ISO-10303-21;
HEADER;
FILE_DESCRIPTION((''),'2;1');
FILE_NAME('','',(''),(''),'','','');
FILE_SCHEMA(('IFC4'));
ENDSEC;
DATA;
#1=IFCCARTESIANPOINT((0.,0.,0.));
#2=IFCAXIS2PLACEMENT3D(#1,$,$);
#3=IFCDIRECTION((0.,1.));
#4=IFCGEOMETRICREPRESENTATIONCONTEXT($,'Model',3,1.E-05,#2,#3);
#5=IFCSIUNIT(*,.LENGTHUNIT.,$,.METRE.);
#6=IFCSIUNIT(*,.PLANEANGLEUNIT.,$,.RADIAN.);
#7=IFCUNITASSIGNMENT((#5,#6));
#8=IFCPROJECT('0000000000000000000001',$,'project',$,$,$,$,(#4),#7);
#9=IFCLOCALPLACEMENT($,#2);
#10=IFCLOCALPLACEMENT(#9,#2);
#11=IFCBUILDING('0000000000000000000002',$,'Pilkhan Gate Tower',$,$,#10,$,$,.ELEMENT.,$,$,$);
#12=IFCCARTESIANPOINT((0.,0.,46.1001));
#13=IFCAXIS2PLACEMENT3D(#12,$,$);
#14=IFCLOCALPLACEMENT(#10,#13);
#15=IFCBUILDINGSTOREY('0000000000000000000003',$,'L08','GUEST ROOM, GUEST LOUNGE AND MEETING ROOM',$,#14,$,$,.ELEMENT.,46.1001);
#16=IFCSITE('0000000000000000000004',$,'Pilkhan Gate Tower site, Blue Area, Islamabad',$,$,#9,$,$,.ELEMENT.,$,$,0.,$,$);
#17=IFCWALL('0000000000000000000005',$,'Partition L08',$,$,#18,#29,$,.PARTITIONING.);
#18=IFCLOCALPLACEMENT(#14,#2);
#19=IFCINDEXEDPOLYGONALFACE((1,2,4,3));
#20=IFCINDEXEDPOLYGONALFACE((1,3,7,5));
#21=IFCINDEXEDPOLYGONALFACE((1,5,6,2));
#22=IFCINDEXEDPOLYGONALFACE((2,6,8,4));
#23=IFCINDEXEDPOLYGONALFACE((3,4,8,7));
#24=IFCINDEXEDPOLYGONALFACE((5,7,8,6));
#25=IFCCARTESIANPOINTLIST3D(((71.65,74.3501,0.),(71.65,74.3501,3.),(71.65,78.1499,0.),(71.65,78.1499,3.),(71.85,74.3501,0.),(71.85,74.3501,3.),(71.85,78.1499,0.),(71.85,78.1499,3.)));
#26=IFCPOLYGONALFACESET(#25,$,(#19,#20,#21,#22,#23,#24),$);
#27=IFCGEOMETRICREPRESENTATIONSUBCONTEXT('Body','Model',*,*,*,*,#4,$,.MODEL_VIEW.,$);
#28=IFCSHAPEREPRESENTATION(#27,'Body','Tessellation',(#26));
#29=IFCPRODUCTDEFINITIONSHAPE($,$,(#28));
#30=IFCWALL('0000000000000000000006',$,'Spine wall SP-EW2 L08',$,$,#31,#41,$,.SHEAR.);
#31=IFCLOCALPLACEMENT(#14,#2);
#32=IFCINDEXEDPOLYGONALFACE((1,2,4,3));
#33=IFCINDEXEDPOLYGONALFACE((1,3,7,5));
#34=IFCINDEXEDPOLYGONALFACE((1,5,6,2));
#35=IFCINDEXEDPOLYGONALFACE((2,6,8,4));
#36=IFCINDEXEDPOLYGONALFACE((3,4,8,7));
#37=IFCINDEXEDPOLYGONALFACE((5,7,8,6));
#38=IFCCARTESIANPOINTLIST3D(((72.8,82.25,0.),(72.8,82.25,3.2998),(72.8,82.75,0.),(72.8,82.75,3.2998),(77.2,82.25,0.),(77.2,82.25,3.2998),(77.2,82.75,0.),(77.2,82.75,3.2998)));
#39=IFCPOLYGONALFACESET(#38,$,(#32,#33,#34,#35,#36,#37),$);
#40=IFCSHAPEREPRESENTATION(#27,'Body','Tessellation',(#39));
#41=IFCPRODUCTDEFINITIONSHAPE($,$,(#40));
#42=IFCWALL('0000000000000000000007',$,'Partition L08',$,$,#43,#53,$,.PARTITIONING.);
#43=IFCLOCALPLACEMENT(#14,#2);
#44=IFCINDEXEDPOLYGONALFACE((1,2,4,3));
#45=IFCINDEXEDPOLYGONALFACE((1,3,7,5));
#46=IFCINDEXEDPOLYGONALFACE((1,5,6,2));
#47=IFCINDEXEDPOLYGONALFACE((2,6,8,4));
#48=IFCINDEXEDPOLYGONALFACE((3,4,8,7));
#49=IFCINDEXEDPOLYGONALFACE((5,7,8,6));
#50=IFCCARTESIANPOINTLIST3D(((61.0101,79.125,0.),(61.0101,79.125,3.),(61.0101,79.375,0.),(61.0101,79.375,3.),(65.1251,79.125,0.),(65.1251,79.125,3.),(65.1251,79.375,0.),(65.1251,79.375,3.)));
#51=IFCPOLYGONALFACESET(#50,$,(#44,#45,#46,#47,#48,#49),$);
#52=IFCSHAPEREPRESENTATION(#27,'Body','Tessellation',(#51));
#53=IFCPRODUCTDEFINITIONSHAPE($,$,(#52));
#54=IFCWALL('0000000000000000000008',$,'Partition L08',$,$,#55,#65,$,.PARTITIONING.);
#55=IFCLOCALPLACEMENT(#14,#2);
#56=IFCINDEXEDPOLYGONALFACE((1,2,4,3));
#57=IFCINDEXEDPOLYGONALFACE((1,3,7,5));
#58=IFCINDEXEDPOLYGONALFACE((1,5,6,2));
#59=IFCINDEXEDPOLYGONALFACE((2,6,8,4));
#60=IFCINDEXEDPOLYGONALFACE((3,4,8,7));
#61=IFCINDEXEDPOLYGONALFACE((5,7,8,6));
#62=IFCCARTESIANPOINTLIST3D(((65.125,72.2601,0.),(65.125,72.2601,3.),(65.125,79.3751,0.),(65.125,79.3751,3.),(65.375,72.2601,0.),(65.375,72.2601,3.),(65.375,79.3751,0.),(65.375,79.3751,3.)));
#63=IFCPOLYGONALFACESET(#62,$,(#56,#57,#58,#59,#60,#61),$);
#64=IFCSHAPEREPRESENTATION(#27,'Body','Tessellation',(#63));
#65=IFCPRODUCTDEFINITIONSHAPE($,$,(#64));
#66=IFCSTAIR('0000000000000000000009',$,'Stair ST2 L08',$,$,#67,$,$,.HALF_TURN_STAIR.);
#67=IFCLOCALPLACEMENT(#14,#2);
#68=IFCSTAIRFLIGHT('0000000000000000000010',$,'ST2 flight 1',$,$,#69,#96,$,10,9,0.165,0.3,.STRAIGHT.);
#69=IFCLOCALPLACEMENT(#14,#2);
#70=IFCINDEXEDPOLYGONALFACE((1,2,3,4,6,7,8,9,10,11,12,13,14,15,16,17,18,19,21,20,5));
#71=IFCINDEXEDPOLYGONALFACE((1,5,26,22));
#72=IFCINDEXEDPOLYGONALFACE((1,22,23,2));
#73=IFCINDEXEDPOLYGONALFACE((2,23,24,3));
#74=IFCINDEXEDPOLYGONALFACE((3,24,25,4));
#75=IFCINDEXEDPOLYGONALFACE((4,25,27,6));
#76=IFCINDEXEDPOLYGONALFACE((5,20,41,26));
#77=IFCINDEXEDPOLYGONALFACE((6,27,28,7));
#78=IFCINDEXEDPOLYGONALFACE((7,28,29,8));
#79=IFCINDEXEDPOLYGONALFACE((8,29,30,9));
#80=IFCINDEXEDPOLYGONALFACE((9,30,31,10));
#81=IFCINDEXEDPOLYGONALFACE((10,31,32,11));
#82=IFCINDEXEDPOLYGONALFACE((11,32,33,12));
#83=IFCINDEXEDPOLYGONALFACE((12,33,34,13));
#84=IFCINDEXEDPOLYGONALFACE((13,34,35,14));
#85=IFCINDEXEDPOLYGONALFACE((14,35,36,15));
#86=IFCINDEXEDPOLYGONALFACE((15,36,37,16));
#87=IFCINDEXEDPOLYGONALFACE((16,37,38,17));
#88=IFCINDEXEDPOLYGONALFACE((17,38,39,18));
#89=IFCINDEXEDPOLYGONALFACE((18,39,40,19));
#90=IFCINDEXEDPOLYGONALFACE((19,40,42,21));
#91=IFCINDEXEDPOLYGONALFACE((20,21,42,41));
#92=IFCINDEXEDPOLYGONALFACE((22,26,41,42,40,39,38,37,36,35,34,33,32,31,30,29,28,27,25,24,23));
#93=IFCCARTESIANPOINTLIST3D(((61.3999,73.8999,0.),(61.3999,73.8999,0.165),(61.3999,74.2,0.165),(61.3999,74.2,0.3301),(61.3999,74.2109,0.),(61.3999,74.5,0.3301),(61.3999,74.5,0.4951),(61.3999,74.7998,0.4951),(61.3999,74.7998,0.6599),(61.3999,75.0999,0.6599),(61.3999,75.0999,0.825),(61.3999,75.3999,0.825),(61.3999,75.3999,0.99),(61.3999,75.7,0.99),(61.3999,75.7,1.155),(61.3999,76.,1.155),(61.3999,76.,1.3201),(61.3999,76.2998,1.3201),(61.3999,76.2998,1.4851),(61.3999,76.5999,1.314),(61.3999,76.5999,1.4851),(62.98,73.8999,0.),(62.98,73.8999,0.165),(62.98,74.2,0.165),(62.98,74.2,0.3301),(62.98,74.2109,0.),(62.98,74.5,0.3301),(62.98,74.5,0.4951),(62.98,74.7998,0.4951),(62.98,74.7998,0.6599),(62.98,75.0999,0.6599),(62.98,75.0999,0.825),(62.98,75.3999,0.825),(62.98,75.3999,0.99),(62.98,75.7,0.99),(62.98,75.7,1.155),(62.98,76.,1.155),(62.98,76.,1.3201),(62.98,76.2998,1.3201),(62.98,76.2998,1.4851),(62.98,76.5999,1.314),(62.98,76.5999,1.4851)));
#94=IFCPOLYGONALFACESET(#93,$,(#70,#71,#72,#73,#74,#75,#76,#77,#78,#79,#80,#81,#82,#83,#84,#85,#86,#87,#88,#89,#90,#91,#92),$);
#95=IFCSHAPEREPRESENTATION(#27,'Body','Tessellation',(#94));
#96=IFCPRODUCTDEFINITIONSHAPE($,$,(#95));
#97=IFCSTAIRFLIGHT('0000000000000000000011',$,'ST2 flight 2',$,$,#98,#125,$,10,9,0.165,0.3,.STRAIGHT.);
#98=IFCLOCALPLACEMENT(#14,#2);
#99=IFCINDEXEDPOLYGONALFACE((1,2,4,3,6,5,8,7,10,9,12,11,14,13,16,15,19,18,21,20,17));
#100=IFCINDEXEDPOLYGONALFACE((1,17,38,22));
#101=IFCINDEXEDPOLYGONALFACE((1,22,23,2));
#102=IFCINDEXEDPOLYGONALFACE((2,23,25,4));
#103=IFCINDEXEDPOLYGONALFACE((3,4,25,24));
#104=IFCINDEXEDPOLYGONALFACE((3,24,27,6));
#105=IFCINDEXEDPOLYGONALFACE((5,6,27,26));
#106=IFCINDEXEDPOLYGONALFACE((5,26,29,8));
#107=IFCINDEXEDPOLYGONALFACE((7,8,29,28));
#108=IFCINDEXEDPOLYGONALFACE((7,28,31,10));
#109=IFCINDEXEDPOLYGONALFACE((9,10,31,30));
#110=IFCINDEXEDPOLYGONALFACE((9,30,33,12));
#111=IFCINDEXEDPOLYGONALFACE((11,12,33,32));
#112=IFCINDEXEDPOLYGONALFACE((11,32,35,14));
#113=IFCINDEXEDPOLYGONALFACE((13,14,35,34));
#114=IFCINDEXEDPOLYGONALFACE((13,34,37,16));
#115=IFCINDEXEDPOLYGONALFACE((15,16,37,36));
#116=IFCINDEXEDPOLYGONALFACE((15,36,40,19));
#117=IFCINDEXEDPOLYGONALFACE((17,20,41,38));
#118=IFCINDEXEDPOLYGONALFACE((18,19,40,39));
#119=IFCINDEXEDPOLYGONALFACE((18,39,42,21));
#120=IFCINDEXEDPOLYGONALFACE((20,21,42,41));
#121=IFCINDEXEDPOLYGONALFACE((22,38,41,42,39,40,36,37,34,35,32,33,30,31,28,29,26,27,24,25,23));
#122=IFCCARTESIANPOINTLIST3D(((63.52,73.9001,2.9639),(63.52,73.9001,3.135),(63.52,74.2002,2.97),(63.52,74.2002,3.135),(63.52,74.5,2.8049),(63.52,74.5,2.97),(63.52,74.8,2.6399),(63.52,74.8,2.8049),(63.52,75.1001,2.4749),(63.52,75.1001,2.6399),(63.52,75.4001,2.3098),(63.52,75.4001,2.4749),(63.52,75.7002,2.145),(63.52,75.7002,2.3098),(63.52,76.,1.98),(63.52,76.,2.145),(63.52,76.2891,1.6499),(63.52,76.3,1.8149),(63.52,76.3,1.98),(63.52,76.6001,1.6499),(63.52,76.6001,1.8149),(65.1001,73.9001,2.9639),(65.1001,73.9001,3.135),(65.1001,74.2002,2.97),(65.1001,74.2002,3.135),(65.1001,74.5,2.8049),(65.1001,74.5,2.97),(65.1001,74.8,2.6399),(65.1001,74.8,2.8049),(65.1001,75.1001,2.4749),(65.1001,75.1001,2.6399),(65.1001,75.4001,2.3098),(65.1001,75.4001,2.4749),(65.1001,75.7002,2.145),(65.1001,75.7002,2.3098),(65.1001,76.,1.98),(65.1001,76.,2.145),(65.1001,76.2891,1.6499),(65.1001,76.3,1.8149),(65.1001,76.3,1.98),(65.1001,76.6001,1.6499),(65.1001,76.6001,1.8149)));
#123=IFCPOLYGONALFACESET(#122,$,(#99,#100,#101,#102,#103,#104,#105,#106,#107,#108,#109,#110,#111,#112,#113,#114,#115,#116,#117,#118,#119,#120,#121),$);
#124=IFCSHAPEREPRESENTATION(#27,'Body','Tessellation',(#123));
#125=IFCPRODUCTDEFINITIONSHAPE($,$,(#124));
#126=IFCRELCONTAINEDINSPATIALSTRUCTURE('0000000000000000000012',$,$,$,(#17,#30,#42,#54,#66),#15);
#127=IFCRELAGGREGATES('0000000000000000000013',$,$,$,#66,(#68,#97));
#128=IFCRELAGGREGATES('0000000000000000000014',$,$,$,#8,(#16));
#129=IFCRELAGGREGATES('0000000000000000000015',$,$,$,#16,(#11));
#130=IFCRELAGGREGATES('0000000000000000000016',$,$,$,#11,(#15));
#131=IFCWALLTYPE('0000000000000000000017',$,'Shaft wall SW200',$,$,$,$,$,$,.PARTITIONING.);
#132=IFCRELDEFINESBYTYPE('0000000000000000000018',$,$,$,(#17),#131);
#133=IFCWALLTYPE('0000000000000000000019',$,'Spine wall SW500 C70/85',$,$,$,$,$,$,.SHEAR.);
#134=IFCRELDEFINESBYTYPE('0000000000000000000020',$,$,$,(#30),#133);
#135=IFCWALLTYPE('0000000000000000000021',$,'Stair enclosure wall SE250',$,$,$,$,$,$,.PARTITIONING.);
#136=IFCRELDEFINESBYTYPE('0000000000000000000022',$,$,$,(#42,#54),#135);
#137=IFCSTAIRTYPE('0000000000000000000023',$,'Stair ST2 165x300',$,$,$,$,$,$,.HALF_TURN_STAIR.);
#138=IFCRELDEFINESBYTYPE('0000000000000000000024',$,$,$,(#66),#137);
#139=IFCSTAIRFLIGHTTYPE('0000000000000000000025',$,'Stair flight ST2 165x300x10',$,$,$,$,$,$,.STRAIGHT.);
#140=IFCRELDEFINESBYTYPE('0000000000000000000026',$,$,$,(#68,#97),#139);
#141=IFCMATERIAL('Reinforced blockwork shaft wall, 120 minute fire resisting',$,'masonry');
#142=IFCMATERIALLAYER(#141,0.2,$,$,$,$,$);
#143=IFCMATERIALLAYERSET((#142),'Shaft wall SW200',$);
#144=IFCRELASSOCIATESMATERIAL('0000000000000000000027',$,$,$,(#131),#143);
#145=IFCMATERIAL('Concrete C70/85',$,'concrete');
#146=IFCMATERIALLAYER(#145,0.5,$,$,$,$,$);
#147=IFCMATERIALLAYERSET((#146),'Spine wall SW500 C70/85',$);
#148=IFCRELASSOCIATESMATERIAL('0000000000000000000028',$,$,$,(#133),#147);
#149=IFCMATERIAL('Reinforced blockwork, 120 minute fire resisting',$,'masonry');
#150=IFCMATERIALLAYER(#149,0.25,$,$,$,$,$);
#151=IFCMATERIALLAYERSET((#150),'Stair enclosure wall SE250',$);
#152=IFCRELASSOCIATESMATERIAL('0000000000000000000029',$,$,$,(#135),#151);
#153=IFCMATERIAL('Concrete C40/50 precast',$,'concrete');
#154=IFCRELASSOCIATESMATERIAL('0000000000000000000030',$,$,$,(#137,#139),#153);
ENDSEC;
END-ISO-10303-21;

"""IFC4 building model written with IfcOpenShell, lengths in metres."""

from ifc_helpers import new_model, si_unit, direction, frame, frame_2d, origin, place, context, subcontext, project, spatial, polyline, rectangle, outline, extrude, material, layer, layer_set, type_object, element, aggregate, save


model = new_model("IFC4")

# Units and contexts
model_context = context("Model", 3, precision=1e-05, world=origin(), true_north=direction((0.0, 1.0)))
body_context = subcontext(model_context, "Body", "Model", "MODEL_VIEW")
ifc_project = project(units=[si_unit("LENGTHUNIT", "METRE"), si_unit("PLANEANGLEUNIT", "RADIAN")], contexts=[model_context])

# Site, building, storey
site_placement = place(None, origin())
site = spatial("IfcSite", under=ifc_project, at=site_placement, Name="Pilkhan Gate Tower site, Blue Area, Islamabad", CompositionType="ELEMENT", RefElevation=0.0)
building_placement = place(site_placement, origin())
building = spatial("IfcBuilding", under=site, at=building_placement, Name="Pilkhan Gate Tower", CompositionType="ELEMENT")
storey_placement = place(building_placement, frame((0.0, 0.0, 46.1001)))
storey = spatial("IfcBuildingStorey", under=building, at=storey_placement, Name="L08", Description="GUEST ROOM, GUEST LOUNGE AND MEETING ROOM", CompositionType="ELEMENT", Elevation=46.1001)

# Shared definitions
ifc_material_1 = material(Name="Concrete C70/85", Category="concrete")

# Shared definitions
ifc_material_2 = material(Name="Reinforced blockwork shaft wall, 120 minute fire resisting", Category="masonry")
ifc_layer_1 = layer(ifc_material_2, 0.2)
ifc_layer_set_1 = layer_set([ifc_layer_1], Name="Shaft wall SW200")
wall_type_1 = type_object("IfcWallType", Name="Shaft wall SW200", PredefinedType="PARTITIONING", material=ifc_layer_set_1)

# Walls
for number, where, z_axis, x_axis, name in (
    (1, (71.75, 74.3501, 0.0), (0.0, 0.0, 1.0), (0.0, 1.0, 0.0), "Partition L08"),
):
    element("IfcWall", number, at=place(storey_placement, frame(where, z_axis=z_axis, x_axis=x_axis)), inside=storey, type_object=wall_type_1, Name=name, PredefinedType="PARTITIONING", context=body_context, shape_type="SweptSolid", body=[
        extrude(rectangle(XDim=3.7998, YDim=0.2, at=frame_2d((1.8999, 0.0))), origin(), (0.0, 0.0, 1.0), 3.0),
    ])
ifc_layer_2 = layer(ifc_material_1, 0.5)
ifc_layer_set_2 = layer_set([ifc_layer_2], Name="Spine wall SW500 C70/85")
wall_type_2 = type_object("IfcWallType", Name="Spine wall SW500 C70/85", PredefinedType="SHEAR", material=ifc_layer_set_2)
wall_1_placement = place(storey_placement, frame((72.8, 82.5, 0.0), z_axis=(0.0, 0.0, 1.0), x_axis=(1.0, 0.0, 0.0)))
element("IfcWall", 2, at=wall_1_placement, inside=storey, type_object=wall_type_2, Name="Spine wall SP-EW2 L08", PredefinedType="SHEAR", context=body_context, shape_type="SweptSolid", body=[
    extrude(rectangle(XDim=4.3999, YDim=0.5, at=frame_2d((2.2, 0.0))), origin(), (0.0, 0.0, 1.0), 3.2998),
])
ifc_material_3 = material(Name="Reinforced blockwork, 120 minute fire resisting", Category="masonry")
ifc_layer_3 = layer(ifc_material_3, 0.25)
ifc_layer_set_3 = layer_set([ifc_layer_3], Name="Stair enclosure wall SE250")
wall_type_3 = type_object("IfcWallType", Name="Stair enclosure wall SE250", PredefinedType="PARTITIONING", material=ifc_layer_set_3)
wall_2_placement = place(storey_placement, frame((61.01, 79.25, 0.0), z_axis=(0.0, 0.0, 1.0), x_axis=(1.0, 0.0, 0.0)))
element("IfcWall", 3, at=wall_2_placement, inside=storey, type_object=wall_type_3, Name="Partition L08", PredefinedType="PARTITIONING", context=body_context, shape_type="SweptSolid", body=[
    extrude(rectangle(XDim=4.115, YDim=0.25, at=frame_2d((2.0576, 0.0))), origin(), (0.0, 0.0, 1.0), 3.0),
])
wall_3_placement = place(storey_placement, frame((65.25, 72.26, 0.0), z_axis=(0.0, 0.0, 1.0), x_axis=(0.0, 1.0, 0.0)))
element("IfcWall", 4, at=wall_3_placement, inside=storey, type_object=wall_type_3, Name="Partition L08", PredefinedType="PARTITIONING", context=body_context, shape_type="SweptSolid", body=[
    extrude(rectangle(XDim=7.115, YDim=0.25, at=frame_2d((3.5576, 0.0))), origin(), (0.0, 0.0, 1.0), 3.0),
])

# Stair, stair flights
ifc_material_4 = material(Name="Concrete C40/50 precast", Category="concrete")
stair_type = type_object("IfcStairType", Name="Stair ST2 165x300", PredefinedType="HALF_TURN_STAIR", material=ifc_material_4)
stair_placement = place(storey_placement, origin())
stair = element("IfcStair", 5, at=stair_placement, inside=storey, type_object=stair_type, Name="Stair ST2 L08", PredefinedType="HALF_TURN_STAIR")
stair_flight_type = type_object("IfcStairFlightType", Name="Stair flight ST2 165x300x10", PredefinedType="STRAIGHT", material=ifc_material_4)
stair_flight_1_placement = place(storey_placement, frame((62.1899, 73.8999, 0.0), z_axis=(0.0, 0.0, 1.0), x_axis=(0.0, 1.0, 0.0)))
stair_flight_1 = element("IfcStairFlight", 6, at=stair_flight_1_placement, type_object=stair_flight_type, Name="ST2 flight 1", NumberOfRisers=10, NumberOfTreads=9, PredefinedType="STRAIGHT", RiserHeight=0.165, TreadLength=0.3, context=body_context, shape_type="SweptSolid", body=[
    extrude(outline(polyline([(0.0, 0.0), (0.0, 0.165), (0.3, 0.165), (0.3, 0.3301), (0.6001, 0.3301), (0.6001, 0.4951), (0.8999, 0.4951), (0.8999, 0.6599), (1.2, 0.6599), (1.2, 0.825), (1.5, 0.825), (1.5, 0.99), (1.8, 0.99), (1.8, 1.155), (2.1001, 1.155), (2.1001, 1.3201), (2.3999, 1.3201), (2.3999, 1.4851), (2.7, 1.4851), (2.7, 1.6499), (2.7, 1.314), (0.311, 0.0), (0.0, 0.0)])), frame((0.0, 0.79, 0.0), z_axis=(0.0, -1.0, 0.0), x_axis=(1.0, 0.0, 0.0)), (0.0, 0.0, 1.0), 1.5801),
])
stair_flight_2_placement = place(storey_placement, frame((64.3101, 76.6001, 1.6499), z_axis=(0.0, 0.0, 1.0), x_axis=(0.0, -1.0, 0.0)))
stair_flight_2 = element("IfcStairFlight", 7, at=stair_flight_2_placement, type_object=stair_flight_type, Name="ST2 flight 2", NumberOfRisers=10, NumberOfTreads=9, PredefinedType="STRAIGHT", RiserHeight=0.165, TreadLength=0.3, context=body_context, shape_type="SweptSolid", body=[
    extrude(outline(polyline([(0.0, 0.0), (0.0, 0.165), (0.3, 0.165), (0.3, 0.3301), (0.6001, 0.3301), (0.6001, 0.4951), (0.8999, 0.4951), (0.8999, 0.6599), (1.2, 0.6599), (1.2, 0.825), (1.5, 0.825), (1.5, 0.99), (1.8, 0.99), (1.8, 1.155), (2.1001, 1.155), (2.1001, 1.3201), (2.3999, 1.3201), (2.3999, 1.4851), (2.7, 1.4851), (2.7, 1.6499), (2.7, 1.314), (0.311, 0.0), (0.0, 0.0)])), frame((0.0, 0.79, 0.0), z_axis=(0.0, -1.0, 0.0), x_axis=(1.0, 0.0, 0.0)), (0.0, 0.0, 1.0), 1.5801),
])
aggregate(stair, [stair_flight_1, stair_flight_2])

save(model, "model.ifc")
